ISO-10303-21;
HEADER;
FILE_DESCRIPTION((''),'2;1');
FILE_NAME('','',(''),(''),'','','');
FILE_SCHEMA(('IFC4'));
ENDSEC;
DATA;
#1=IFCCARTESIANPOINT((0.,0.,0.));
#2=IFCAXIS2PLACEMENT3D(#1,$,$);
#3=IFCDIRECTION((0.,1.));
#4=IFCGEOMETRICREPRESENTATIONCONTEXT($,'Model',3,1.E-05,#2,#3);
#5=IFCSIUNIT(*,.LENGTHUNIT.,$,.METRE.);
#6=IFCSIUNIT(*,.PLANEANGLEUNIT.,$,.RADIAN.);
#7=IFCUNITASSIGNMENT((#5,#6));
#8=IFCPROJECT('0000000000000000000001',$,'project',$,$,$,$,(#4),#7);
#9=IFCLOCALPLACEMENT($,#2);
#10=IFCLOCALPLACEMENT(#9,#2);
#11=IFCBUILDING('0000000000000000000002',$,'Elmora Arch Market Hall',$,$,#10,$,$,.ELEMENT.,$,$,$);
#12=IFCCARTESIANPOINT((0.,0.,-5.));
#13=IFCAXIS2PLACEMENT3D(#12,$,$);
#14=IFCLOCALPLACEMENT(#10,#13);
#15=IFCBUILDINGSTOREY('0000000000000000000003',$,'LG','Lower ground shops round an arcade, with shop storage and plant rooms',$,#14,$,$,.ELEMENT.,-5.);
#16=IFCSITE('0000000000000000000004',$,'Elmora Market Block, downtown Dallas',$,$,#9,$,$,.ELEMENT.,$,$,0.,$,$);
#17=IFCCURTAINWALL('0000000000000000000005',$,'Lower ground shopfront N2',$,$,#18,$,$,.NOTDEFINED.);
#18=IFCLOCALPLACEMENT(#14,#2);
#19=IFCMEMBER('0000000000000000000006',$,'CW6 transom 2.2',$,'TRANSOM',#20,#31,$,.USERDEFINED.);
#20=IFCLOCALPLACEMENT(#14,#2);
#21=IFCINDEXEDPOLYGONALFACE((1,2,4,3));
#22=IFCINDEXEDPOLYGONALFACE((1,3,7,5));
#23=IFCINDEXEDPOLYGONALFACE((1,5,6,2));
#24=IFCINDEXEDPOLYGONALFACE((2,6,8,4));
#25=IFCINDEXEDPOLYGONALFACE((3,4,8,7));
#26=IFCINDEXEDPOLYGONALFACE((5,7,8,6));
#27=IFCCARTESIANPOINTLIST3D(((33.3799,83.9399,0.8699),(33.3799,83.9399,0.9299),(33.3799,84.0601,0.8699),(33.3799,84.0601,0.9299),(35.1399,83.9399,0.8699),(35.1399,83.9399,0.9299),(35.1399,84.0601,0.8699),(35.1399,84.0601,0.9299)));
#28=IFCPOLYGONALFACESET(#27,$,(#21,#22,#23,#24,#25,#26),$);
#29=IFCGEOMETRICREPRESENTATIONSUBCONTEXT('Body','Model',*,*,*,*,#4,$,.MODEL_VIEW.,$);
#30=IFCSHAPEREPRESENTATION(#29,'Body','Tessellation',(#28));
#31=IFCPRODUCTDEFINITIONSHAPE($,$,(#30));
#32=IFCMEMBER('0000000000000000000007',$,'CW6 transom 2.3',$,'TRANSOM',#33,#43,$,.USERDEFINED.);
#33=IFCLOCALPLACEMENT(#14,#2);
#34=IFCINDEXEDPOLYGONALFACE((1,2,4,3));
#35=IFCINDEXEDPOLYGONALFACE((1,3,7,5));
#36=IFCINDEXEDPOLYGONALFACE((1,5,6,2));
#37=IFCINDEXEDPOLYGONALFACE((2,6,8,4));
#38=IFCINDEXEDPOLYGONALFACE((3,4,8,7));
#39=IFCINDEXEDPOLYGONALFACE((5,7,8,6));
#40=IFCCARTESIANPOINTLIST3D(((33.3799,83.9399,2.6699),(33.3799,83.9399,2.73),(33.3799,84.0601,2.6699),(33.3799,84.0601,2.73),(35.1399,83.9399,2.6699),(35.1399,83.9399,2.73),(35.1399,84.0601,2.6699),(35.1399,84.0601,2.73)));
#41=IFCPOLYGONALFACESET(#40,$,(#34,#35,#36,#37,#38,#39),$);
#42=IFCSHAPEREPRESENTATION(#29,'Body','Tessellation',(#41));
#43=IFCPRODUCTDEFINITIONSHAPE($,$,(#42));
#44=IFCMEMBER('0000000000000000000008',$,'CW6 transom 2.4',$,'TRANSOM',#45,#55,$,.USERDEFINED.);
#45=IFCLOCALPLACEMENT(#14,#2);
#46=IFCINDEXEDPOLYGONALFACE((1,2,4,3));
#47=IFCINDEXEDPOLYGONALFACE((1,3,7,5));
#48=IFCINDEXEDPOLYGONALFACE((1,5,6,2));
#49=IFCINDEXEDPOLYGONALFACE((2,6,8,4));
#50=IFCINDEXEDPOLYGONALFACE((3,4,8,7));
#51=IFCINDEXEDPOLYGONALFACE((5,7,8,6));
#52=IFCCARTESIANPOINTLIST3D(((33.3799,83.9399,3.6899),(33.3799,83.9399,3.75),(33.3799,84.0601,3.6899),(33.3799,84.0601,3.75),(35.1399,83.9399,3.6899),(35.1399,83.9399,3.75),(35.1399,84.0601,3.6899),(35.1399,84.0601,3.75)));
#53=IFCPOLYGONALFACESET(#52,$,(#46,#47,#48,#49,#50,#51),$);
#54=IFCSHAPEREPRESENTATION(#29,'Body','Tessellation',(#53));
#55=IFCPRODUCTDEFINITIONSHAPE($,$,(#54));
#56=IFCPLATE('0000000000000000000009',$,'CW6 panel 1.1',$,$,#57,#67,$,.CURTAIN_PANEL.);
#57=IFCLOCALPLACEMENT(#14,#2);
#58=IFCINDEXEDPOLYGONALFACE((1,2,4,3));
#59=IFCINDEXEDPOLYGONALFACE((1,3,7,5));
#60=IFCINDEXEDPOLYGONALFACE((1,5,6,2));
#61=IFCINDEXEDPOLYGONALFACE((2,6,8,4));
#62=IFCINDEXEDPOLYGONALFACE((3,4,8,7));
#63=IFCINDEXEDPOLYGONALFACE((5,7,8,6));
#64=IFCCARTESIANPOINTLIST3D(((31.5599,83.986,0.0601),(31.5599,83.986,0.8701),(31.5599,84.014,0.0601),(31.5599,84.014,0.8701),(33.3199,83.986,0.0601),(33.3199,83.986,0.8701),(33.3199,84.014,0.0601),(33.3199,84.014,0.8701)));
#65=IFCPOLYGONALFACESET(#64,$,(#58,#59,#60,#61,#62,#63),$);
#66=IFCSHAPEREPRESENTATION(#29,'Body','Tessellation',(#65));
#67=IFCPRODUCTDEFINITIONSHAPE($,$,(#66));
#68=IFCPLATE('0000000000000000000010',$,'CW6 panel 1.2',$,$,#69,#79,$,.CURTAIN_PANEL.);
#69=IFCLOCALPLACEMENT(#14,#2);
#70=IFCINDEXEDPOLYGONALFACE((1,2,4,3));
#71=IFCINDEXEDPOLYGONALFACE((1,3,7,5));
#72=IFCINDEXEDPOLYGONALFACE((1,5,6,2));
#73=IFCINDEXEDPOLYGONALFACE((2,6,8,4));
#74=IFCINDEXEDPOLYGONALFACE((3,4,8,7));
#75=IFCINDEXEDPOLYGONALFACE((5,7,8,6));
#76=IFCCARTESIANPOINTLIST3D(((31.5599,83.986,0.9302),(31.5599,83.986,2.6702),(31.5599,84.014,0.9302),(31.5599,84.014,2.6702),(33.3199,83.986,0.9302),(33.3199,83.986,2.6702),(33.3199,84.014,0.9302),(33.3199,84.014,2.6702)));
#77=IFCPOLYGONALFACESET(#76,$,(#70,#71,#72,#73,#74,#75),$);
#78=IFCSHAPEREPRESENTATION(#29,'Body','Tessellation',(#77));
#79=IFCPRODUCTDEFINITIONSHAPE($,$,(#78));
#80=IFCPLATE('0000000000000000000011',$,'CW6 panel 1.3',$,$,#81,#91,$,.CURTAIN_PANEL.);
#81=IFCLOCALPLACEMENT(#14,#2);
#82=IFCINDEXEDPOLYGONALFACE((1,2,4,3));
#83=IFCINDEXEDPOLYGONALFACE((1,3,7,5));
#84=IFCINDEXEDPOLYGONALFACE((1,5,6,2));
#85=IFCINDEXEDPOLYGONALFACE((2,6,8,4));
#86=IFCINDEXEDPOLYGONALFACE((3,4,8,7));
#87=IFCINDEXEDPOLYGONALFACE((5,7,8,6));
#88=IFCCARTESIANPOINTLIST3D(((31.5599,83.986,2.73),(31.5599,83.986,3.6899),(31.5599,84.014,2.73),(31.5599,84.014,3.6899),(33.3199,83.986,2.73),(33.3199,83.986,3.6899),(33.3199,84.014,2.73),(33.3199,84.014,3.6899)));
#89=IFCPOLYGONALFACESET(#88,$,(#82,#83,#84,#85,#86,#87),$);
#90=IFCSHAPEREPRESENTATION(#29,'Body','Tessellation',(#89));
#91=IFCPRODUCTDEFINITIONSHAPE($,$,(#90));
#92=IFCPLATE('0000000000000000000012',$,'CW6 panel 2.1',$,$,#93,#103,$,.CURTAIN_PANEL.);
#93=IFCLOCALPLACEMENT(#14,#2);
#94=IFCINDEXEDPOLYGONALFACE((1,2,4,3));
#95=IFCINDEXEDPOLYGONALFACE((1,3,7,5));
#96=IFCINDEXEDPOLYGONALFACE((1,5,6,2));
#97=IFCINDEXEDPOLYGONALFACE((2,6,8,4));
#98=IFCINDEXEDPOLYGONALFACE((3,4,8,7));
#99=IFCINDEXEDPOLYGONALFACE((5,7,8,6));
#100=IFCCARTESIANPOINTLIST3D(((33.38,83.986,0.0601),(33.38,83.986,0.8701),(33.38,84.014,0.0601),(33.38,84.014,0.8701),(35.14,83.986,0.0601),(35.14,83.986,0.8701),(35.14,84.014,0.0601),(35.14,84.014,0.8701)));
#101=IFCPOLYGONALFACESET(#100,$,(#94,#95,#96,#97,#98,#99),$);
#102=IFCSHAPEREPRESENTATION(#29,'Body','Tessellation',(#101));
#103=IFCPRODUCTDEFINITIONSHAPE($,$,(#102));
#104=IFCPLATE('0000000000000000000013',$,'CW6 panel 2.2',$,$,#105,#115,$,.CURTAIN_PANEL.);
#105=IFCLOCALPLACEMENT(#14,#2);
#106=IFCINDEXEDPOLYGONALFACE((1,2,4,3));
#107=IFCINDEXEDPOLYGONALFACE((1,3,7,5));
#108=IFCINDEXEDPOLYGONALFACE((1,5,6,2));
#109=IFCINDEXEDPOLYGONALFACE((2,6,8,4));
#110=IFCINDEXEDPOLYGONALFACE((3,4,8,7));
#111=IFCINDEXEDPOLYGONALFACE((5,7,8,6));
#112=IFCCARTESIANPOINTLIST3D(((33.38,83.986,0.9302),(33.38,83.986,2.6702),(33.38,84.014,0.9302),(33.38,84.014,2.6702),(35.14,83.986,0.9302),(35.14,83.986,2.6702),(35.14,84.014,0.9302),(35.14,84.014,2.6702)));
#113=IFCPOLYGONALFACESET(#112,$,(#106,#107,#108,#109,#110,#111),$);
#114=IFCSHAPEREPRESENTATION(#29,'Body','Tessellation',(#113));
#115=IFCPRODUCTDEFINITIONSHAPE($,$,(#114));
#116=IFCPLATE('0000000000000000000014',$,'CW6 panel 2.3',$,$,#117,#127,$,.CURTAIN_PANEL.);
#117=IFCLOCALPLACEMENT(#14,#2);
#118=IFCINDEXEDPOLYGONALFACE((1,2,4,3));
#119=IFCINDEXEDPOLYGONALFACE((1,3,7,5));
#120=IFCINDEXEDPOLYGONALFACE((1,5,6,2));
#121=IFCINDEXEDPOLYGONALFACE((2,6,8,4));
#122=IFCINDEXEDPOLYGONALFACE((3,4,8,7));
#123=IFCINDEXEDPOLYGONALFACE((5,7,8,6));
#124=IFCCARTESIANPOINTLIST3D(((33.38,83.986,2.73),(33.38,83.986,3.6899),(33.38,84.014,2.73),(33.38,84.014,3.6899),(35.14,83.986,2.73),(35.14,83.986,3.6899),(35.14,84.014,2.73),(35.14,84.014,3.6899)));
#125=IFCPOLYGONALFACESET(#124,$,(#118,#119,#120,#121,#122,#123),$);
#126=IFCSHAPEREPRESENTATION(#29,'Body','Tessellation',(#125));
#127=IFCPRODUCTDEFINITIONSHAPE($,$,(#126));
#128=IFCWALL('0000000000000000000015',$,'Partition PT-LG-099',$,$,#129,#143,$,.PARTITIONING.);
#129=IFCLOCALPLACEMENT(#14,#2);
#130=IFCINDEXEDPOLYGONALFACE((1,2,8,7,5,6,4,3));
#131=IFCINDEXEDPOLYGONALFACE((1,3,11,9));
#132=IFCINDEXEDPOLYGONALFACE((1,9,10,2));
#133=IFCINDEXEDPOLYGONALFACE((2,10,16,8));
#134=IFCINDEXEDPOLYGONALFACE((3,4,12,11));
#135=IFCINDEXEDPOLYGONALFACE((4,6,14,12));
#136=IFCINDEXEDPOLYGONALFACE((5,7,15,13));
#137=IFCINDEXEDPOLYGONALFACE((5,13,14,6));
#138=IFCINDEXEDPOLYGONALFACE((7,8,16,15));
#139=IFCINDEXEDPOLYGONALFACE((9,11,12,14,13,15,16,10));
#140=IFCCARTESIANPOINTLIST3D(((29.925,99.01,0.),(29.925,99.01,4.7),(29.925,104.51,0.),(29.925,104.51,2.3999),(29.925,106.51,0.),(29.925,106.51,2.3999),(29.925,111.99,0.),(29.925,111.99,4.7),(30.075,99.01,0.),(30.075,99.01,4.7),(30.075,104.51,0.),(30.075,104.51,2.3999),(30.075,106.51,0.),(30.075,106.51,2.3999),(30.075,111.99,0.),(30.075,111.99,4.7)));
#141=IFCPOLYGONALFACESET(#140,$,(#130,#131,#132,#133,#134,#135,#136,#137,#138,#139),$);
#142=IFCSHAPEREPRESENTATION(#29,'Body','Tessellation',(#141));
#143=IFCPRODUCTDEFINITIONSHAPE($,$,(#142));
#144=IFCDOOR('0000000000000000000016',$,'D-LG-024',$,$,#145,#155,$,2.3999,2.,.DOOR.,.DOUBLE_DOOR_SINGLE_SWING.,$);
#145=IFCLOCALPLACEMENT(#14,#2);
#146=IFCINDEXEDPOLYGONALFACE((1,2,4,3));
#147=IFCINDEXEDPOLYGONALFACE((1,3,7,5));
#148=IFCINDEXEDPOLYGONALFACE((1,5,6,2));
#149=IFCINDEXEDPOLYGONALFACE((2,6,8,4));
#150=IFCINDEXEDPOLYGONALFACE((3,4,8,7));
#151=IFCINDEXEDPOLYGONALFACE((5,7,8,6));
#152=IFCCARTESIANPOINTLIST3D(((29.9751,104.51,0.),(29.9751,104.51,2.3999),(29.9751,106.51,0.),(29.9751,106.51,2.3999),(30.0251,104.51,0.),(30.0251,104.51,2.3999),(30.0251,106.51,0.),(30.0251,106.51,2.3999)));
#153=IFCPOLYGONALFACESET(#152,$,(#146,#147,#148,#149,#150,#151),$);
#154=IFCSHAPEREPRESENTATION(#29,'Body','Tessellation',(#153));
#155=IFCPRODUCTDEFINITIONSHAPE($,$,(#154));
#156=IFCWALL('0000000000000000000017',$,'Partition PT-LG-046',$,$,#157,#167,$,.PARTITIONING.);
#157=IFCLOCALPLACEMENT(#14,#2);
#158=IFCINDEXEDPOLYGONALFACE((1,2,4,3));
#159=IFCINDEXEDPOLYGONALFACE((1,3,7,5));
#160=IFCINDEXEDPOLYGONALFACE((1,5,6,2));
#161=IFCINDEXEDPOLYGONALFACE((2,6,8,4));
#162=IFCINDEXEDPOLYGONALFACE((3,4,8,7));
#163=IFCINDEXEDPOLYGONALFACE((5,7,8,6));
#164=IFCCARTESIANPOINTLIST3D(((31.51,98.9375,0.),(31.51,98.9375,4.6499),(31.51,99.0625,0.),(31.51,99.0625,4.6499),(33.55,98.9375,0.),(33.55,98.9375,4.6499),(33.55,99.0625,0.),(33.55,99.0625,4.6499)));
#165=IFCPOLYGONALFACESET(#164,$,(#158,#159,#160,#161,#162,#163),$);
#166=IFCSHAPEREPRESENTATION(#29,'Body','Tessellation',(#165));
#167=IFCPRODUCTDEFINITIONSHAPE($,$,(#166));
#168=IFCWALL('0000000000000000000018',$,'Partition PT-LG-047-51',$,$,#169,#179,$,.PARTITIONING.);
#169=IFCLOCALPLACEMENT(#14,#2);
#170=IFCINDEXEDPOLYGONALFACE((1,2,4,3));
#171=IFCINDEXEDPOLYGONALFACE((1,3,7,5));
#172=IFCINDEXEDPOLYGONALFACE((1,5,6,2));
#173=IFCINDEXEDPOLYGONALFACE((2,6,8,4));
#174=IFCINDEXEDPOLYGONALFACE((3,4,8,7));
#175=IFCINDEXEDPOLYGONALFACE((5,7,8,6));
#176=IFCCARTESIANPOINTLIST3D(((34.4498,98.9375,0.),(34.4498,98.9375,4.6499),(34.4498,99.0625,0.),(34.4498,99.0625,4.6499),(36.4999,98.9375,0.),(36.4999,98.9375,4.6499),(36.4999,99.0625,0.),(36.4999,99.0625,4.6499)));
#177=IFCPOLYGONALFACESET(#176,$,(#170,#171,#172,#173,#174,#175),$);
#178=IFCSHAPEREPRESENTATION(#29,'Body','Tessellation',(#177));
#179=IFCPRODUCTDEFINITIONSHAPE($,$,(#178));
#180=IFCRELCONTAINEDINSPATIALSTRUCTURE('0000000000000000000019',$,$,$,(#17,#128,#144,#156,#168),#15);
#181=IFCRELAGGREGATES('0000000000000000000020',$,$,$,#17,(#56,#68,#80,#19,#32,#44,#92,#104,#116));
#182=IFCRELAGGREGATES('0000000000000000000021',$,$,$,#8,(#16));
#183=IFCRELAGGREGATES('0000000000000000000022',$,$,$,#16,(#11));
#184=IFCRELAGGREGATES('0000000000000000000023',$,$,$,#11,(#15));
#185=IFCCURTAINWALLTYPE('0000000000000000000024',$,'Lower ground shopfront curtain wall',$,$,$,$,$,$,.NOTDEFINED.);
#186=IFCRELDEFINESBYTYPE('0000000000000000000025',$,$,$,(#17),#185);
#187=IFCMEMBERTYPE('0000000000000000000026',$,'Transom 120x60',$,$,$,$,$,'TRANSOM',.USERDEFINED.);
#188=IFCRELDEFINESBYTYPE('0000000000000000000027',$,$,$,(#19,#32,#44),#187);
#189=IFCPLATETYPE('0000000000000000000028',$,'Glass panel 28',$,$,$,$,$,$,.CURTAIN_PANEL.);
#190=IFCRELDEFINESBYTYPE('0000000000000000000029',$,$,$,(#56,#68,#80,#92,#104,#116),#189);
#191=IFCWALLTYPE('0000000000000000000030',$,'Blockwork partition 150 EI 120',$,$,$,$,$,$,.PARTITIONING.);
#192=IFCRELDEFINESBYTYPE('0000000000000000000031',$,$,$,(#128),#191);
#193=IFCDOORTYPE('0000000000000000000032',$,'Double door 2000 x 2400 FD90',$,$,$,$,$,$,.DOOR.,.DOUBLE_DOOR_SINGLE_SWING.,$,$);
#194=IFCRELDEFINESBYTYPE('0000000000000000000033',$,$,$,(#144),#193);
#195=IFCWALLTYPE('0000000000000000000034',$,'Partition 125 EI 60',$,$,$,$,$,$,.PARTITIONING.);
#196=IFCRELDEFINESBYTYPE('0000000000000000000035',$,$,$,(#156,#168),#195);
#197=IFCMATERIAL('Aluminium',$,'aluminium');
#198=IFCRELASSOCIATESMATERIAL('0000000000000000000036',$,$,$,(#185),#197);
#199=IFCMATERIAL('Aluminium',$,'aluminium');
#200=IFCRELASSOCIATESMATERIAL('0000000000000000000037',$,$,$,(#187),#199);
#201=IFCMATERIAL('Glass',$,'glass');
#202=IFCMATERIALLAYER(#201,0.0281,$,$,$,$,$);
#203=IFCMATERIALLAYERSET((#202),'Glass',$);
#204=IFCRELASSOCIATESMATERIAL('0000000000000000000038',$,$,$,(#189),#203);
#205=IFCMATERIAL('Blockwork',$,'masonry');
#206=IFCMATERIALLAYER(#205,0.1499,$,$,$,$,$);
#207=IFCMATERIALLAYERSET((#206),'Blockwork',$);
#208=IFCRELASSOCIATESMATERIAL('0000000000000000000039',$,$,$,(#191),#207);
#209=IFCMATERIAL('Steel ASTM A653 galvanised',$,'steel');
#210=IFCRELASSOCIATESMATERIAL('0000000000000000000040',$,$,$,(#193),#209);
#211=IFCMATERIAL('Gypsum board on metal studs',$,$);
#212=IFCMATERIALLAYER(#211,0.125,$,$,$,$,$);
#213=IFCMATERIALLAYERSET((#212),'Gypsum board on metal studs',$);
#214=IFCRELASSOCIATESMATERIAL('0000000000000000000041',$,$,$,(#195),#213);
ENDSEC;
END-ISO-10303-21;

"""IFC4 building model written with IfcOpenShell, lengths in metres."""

from ifc_helpers import new_model, si_unit, direction, frame, frame_2d, origin, origin_2d, place, context, subcontext, project, spatial, rectangle, extrude, material, layer, layer_set, material_profile, profile_set, type_object, element, fill, aggregate, save


model = new_model("IFC4")

# Units and contexts
model_context = context("Model", 3, precision=1e-05, world=origin(), true_north=direction((0.0, 1.0)))
body_context = subcontext(model_context, "Body", "Model", "MODEL_VIEW")
ifc_project = project(units=[si_unit("LENGTHUNIT", "METRE"), si_unit("PLANEANGLEUNIT", "RADIAN")], contexts=[model_context])

# Site, building, storey
site_placement = place(None, origin())
site = spatial("IfcSite", under=ifc_project, at=site_placement, Name="Elmora Market Block, downtown Dallas", CompositionType="ELEMENT", RefElevation=0.0)
building_placement = place(site_placement, origin())
building = spatial("IfcBuilding", under=site, at=building_placement, Name="Elmora Arch Market Hall", CompositionType="ELEMENT")
storey_placement = place(building_placement, frame((0.0, 0.0, -5.0)))
storey = spatial("IfcBuildingStorey", under=building, at=storey_placement, Name="LG", Description="Lower ground shops round an arcade, with shop storage and plant rooms", CompositionType="ELEMENT", Elevation=-5.0)

# Curtain wall, members, plates
ifc_material_1 = material(Name="Aluminium", Category="aluminium")
curtain_wall_type = type_object("IfcCurtainWallType", Name="Lower ground shopfront curtain wall", PredefinedType="NOTDEFINED", material=ifc_material_1)
curtain_wall_placement = place(storey_placement, origin())
curtain_wall = element("IfcCurtainWall", 1, at=curtain_wall_placement, inside=storey, type_object=curtain_wall_type, Name="Lower ground shopfront N2", PredefinedType="NOTDEFINED")
ifc_material_2 = material(Name="Aluminium", Category="aluminium")
ifc_material_profile_1 = material_profile(ifc_material_2, rectangle(XDim=0.1201, YDim=0.0601, at=origin_2d()), Name="AL 120x60")
ifc_profile_set_1 = profile_set([ifc_material_profile_1], Name="Aluminium")
member_type_1 = type_object("IfcMemberType", Name="Transom 120x60", ElementType="TRANSOM", PredefinedType="USERDEFINED", material=ifc_profile_set_1)
member_1_placement = place(storey_placement, frame((33.3799, 84.0, 0.8999), z_axis=(1.0, 0.0, 0.0), x_axis=(0.0, 1.0, 0.0)))
member_1 = element("IfcMember", 2, at=member_1_placement, type_object=member_type_1, Name="CW6 transom 2.2", ObjectType="TRANSOM", PredefinedType="USERDEFINED", context=body_context, shape_type="SweptSolid", body=[
    extrude(rectangle(XDim=0.1201, YDim=0.0601, at=origin_2d()), origin(), (0.0, 0.0, 1.0), 1.76),
])
member_2_placement = place(storey_placement, frame((33.3799, 84.0, 2.7), z_axis=(1.0, 0.0, 0.0), x_axis=(0.0, 1.0, 0.0)))
member_2 = element("IfcMember", 3, at=member_2_placement, type_object=member_type_1, Name="CW6 transom 2.3", ObjectType="TRANSOM", PredefinedType="USERDEFINED", context=body_context, shape_type="SweptSolid", body=[
    extrude(rectangle(XDim=0.1201, YDim=0.0601, at=origin_2d()), origin(), (0.0, 0.0, 1.0), 1.76),
])
member_3_placement = place(storey_placement, frame((33.3799, 84.0, 3.72), z_axis=(1.0, 0.0, 0.0), x_axis=(0.0, 1.0, 0.0)))
member_3 = element("IfcMember", 4, at=member_3_placement, type_object=member_type_1, Name="CW6 transom 2.4", ObjectType="TRANSOM", PredefinedType="USERDEFINED", context=body_context, shape_type="SweptSolid", body=[
    extrude(rectangle(XDim=0.1201, YDim=0.0601, at=origin_2d()), origin(), (0.0, 0.0, 1.0), 1.76),
])
ifc_material_3 = material(Name="Glass", Category="glass")
ifc_layer_1 = layer(ifc_material_3, 0.0281)
ifc_layer_set_1 = layer_set([ifc_layer_1], Name="Glass")
plate_type = type_object("IfcPlateType", Name="Glass panel 28", PredefinedType="CURTAIN_PANEL", material=ifc_layer_set_1)
plate_1_placement = place(storey_placement, frame((32.4399, 84.0, 0.0601), z_axis=(0.0, 0.0, 1.0), x_axis=(1.0, 0.0, 0.0)))
plate_1 = element("IfcPlate", 5, at=plate_1_placement, type_object=plate_type, Name="CW6 panel 1.1", PredefinedType="CURTAIN_PANEL", context=body_context, shape_type="SweptSolid", body=[
    extrude(rectangle(XDim=1.76, YDim=0.0281, at=origin_2d()), origin(), (0.0, 0.0, 1.0), 0.8101),
])
plate_2_placement = place(storey_placement, frame((32.4399, 84.0, 0.9302), z_axis=(0.0, 0.0, 1.0), x_axis=(1.0, 0.0, 0.0)))
plate_2 = element("IfcPlate", 6, at=plate_2_placement, type_object=plate_type, Name="CW6 panel 1.2", PredefinedType="CURTAIN_PANEL", context=body_context, shape_type="SweptSolid", body=[
    extrude(rectangle(XDim=1.76, YDim=0.0281, at=origin_2d()), origin(), (0.0, 0.0, 1.0), 1.74),
])
plate_3_placement = place(storey_placement, frame((32.4399, 84.0, 2.73), z_axis=(0.0, 0.0, 1.0), x_axis=(1.0, 0.0, 0.0)))
plate_3 = element("IfcPlate", 7, at=plate_3_placement, type_object=plate_type, Name="CW6 panel 1.3", PredefinedType="CURTAIN_PANEL", context=body_context, shape_type="SweptSolid", body=[
    extrude(rectangle(XDim=1.76, YDim=0.0281, at=origin_2d()), origin(), (0.0, 0.0, 1.0), 0.96),
])
plate_4_placement = place(storey_placement, frame((34.26, 84.0, 0.0601), z_axis=(0.0, 0.0, 1.0), x_axis=(1.0, 0.0, 0.0)))
plate_4 = element("IfcPlate", 8, at=plate_4_placement, type_object=plate_type, Name="CW6 panel 2.1", PredefinedType="CURTAIN_PANEL", context=body_context, shape_type="SweptSolid", body=[
    extrude(rectangle(XDim=1.76, YDim=0.0281, at=origin_2d()), origin(), (0.0, 0.0, 1.0), 0.8101),
])
plate_5_placement = place(storey_placement, frame((34.26, 84.0, 0.9302), z_axis=(0.0, 0.0, 1.0), x_axis=(1.0, 0.0, 0.0)))
plate_5 = element("IfcPlate", 9, at=plate_5_placement, type_object=plate_type, Name="CW6 panel 2.2", PredefinedType="CURTAIN_PANEL", context=body_context, shape_type="SweptSolid", body=[
    extrude(rectangle(XDim=1.76, YDim=0.0281, at=origin_2d()), origin(), (0.0, 0.0, 1.0), 1.74),
])
plate_6_placement = place(storey_placement, frame((34.26, 84.0, 2.73), z_axis=(0.0, 0.0, 1.0), x_axis=(1.0, 0.0, 0.0)))
plate_6 = element("IfcPlate", 10, at=plate_6_placement, type_object=plate_type, Name="CW6 panel 2.3", PredefinedType="CURTAIN_PANEL", context=body_context, shape_type="SweptSolid", body=[
    extrude(rectangle(XDim=1.76, YDim=0.0281, at=origin_2d()), origin(), (0.0, 0.0, 1.0), 0.96),
])
aggregate(curtain_wall, [plate_1, plate_2, plate_3, member_1, member_2, member_3, plate_4, plate_5, plate_6])

# Wall, opening, door
ifc_material_4 = material(Name="Blockwork", Category="masonry")
ifc_layer_2 = layer(ifc_material_4, 0.1499)
ifc_layer_set_2 = layer_set([ifc_layer_2], Name="Blockwork")
wall_type_1 = type_object("IfcWallType", Name="Blockwork partition 150 EI 120", PredefinedType="PARTITIONING", material=ifc_layer_set_2)
wall_1_placement = place(storey_placement, frame((30.0, 99.01, 0.0), z_axis=(0.0, 0.0, 1.0), x_axis=(0.0, 1.0, 0.0)))
wall_1 = element("IfcWall", 11, at=wall_1_placement, inside=storey, type_object=wall_type_1, Name="Partition PT-LG-099", PredefinedType="PARTITIONING", context=body_context, shape_type="SweptSolid", body=[
    extrude(rectangle(XDim=12.98, YDim=0.1499, at=frame_2d((6.49, 0.0))), origin(), (0.0, 0.0, 1.0), 4.7),
])
opening_1_placement = place(wall_1_placement, frame((5.5, 0.0, 0.0)))
opening_1 = element("IfcOpeningElement", 12, at=opening_1_placement, cuts=wall_1, PredefinedType="OPENING", context=body_context, shape_type="SweptSolid", body=[
    extrude(rectangle(XDim=2.0, YDim=2.3999, at=frame_2d((1.0, 1.2))), frame((0.0, 0.085, 0.0), z_axis=(0.0, -1.0, 0.0), x_axis=(1.0, 0.0, 0.0)), (0.0, 0.0, 1.0), 0.1699),
])
ifc_material_5 = material(Name="Steel ASTM A653 galvanised", Category="steel")
door_type_1 = type_object("IfcDoorType", Name="Double door 2000 x 2400 FD90", OperationType="DOUBLE_DOOR_SINGLE_SWING", PredefinedType="DOOR", material=ifc_material_5)
door_1_placement = place(opening_1_placement, origin())
door_1 = element("IfcDoor", 13, at=door_1_placement, inside=storey, type_object=door_type_1, Name="D-LG-024", OperationType="DOUBLE_DOOR_SINGLE_SWING", OverallHeight=2.3999, OverallWidth=2.0, PredefinedType="DOOR", context=body_context, shape_type="SweptSolid", body=[
    extrude(rectangle(XDim=2.0, YDim=2.3999, at=frame_2d((1.0, 1.2))), frame((0.0, 0.0249, 0.0), z_axis=(0.0, -1.0, 0.0), x_axis=(1.0, 0.0, 0.0)), (0.0, 0.0, 1.0), 0.05),
])
fill(opening_1, door_1)

# Walls
ifc_material_6 = material(Name="Gypsum board on metal studs")
ifc_layer_3 = layer(ifc_material_6, 0.125)
ifc_layer_set_3 = layer_set([ifc_layer_3], Name="Gypsum board on metal studs")
wall_type_2 = type_object("IfcWallType", Name="Partition 125 EI 60", PredefinedType="PARTITIONING", material=ifc_layer_set_3)
wall_2_placement = place(storey_placement, frame((31.51, 99.0, 0.0), z_axis=(0.0, 0.0, 1.0), x_axis=(1.0, 0.0, 0.0)))
element("IfcWall", 14, at=wall_2_placement, inside=storey, type_object=wall_type_2, Name="Partition PT-LG-046", PredefinedType="PARTITIONING", context=body_context, shape_type="SweptSolid", body=[
    extrude(rectangle(XDim=2.04, YDim=0.125, at=frame_2d((1.02, 0.0))), origin(), (0.0, 0.0, 1.0), 4.6499),
])
wall_3_placement = place(storey_placement, frame((34.45, 99.0, 0.0), z_axis=(0.0, 0.0, 1.0), x_axis=(1.0, 0.0, 0.0)))
element("IfcWall", 15, at=wall_3_placement, inside=storey, type_object=wall_type_2, Name="Partition PT-LG-047-51", PredefinedType="PARTITIONING", context=body_context, shape_type="SweptSolid", body=[
    extrude(rectangle(XDim=2.05, YDim=0.125, at=frame_2d((1.0249, 0.0))), origin(), (0.0, 0.0, 1.0), 4.6499),
])

save(model, "model.ifc")
